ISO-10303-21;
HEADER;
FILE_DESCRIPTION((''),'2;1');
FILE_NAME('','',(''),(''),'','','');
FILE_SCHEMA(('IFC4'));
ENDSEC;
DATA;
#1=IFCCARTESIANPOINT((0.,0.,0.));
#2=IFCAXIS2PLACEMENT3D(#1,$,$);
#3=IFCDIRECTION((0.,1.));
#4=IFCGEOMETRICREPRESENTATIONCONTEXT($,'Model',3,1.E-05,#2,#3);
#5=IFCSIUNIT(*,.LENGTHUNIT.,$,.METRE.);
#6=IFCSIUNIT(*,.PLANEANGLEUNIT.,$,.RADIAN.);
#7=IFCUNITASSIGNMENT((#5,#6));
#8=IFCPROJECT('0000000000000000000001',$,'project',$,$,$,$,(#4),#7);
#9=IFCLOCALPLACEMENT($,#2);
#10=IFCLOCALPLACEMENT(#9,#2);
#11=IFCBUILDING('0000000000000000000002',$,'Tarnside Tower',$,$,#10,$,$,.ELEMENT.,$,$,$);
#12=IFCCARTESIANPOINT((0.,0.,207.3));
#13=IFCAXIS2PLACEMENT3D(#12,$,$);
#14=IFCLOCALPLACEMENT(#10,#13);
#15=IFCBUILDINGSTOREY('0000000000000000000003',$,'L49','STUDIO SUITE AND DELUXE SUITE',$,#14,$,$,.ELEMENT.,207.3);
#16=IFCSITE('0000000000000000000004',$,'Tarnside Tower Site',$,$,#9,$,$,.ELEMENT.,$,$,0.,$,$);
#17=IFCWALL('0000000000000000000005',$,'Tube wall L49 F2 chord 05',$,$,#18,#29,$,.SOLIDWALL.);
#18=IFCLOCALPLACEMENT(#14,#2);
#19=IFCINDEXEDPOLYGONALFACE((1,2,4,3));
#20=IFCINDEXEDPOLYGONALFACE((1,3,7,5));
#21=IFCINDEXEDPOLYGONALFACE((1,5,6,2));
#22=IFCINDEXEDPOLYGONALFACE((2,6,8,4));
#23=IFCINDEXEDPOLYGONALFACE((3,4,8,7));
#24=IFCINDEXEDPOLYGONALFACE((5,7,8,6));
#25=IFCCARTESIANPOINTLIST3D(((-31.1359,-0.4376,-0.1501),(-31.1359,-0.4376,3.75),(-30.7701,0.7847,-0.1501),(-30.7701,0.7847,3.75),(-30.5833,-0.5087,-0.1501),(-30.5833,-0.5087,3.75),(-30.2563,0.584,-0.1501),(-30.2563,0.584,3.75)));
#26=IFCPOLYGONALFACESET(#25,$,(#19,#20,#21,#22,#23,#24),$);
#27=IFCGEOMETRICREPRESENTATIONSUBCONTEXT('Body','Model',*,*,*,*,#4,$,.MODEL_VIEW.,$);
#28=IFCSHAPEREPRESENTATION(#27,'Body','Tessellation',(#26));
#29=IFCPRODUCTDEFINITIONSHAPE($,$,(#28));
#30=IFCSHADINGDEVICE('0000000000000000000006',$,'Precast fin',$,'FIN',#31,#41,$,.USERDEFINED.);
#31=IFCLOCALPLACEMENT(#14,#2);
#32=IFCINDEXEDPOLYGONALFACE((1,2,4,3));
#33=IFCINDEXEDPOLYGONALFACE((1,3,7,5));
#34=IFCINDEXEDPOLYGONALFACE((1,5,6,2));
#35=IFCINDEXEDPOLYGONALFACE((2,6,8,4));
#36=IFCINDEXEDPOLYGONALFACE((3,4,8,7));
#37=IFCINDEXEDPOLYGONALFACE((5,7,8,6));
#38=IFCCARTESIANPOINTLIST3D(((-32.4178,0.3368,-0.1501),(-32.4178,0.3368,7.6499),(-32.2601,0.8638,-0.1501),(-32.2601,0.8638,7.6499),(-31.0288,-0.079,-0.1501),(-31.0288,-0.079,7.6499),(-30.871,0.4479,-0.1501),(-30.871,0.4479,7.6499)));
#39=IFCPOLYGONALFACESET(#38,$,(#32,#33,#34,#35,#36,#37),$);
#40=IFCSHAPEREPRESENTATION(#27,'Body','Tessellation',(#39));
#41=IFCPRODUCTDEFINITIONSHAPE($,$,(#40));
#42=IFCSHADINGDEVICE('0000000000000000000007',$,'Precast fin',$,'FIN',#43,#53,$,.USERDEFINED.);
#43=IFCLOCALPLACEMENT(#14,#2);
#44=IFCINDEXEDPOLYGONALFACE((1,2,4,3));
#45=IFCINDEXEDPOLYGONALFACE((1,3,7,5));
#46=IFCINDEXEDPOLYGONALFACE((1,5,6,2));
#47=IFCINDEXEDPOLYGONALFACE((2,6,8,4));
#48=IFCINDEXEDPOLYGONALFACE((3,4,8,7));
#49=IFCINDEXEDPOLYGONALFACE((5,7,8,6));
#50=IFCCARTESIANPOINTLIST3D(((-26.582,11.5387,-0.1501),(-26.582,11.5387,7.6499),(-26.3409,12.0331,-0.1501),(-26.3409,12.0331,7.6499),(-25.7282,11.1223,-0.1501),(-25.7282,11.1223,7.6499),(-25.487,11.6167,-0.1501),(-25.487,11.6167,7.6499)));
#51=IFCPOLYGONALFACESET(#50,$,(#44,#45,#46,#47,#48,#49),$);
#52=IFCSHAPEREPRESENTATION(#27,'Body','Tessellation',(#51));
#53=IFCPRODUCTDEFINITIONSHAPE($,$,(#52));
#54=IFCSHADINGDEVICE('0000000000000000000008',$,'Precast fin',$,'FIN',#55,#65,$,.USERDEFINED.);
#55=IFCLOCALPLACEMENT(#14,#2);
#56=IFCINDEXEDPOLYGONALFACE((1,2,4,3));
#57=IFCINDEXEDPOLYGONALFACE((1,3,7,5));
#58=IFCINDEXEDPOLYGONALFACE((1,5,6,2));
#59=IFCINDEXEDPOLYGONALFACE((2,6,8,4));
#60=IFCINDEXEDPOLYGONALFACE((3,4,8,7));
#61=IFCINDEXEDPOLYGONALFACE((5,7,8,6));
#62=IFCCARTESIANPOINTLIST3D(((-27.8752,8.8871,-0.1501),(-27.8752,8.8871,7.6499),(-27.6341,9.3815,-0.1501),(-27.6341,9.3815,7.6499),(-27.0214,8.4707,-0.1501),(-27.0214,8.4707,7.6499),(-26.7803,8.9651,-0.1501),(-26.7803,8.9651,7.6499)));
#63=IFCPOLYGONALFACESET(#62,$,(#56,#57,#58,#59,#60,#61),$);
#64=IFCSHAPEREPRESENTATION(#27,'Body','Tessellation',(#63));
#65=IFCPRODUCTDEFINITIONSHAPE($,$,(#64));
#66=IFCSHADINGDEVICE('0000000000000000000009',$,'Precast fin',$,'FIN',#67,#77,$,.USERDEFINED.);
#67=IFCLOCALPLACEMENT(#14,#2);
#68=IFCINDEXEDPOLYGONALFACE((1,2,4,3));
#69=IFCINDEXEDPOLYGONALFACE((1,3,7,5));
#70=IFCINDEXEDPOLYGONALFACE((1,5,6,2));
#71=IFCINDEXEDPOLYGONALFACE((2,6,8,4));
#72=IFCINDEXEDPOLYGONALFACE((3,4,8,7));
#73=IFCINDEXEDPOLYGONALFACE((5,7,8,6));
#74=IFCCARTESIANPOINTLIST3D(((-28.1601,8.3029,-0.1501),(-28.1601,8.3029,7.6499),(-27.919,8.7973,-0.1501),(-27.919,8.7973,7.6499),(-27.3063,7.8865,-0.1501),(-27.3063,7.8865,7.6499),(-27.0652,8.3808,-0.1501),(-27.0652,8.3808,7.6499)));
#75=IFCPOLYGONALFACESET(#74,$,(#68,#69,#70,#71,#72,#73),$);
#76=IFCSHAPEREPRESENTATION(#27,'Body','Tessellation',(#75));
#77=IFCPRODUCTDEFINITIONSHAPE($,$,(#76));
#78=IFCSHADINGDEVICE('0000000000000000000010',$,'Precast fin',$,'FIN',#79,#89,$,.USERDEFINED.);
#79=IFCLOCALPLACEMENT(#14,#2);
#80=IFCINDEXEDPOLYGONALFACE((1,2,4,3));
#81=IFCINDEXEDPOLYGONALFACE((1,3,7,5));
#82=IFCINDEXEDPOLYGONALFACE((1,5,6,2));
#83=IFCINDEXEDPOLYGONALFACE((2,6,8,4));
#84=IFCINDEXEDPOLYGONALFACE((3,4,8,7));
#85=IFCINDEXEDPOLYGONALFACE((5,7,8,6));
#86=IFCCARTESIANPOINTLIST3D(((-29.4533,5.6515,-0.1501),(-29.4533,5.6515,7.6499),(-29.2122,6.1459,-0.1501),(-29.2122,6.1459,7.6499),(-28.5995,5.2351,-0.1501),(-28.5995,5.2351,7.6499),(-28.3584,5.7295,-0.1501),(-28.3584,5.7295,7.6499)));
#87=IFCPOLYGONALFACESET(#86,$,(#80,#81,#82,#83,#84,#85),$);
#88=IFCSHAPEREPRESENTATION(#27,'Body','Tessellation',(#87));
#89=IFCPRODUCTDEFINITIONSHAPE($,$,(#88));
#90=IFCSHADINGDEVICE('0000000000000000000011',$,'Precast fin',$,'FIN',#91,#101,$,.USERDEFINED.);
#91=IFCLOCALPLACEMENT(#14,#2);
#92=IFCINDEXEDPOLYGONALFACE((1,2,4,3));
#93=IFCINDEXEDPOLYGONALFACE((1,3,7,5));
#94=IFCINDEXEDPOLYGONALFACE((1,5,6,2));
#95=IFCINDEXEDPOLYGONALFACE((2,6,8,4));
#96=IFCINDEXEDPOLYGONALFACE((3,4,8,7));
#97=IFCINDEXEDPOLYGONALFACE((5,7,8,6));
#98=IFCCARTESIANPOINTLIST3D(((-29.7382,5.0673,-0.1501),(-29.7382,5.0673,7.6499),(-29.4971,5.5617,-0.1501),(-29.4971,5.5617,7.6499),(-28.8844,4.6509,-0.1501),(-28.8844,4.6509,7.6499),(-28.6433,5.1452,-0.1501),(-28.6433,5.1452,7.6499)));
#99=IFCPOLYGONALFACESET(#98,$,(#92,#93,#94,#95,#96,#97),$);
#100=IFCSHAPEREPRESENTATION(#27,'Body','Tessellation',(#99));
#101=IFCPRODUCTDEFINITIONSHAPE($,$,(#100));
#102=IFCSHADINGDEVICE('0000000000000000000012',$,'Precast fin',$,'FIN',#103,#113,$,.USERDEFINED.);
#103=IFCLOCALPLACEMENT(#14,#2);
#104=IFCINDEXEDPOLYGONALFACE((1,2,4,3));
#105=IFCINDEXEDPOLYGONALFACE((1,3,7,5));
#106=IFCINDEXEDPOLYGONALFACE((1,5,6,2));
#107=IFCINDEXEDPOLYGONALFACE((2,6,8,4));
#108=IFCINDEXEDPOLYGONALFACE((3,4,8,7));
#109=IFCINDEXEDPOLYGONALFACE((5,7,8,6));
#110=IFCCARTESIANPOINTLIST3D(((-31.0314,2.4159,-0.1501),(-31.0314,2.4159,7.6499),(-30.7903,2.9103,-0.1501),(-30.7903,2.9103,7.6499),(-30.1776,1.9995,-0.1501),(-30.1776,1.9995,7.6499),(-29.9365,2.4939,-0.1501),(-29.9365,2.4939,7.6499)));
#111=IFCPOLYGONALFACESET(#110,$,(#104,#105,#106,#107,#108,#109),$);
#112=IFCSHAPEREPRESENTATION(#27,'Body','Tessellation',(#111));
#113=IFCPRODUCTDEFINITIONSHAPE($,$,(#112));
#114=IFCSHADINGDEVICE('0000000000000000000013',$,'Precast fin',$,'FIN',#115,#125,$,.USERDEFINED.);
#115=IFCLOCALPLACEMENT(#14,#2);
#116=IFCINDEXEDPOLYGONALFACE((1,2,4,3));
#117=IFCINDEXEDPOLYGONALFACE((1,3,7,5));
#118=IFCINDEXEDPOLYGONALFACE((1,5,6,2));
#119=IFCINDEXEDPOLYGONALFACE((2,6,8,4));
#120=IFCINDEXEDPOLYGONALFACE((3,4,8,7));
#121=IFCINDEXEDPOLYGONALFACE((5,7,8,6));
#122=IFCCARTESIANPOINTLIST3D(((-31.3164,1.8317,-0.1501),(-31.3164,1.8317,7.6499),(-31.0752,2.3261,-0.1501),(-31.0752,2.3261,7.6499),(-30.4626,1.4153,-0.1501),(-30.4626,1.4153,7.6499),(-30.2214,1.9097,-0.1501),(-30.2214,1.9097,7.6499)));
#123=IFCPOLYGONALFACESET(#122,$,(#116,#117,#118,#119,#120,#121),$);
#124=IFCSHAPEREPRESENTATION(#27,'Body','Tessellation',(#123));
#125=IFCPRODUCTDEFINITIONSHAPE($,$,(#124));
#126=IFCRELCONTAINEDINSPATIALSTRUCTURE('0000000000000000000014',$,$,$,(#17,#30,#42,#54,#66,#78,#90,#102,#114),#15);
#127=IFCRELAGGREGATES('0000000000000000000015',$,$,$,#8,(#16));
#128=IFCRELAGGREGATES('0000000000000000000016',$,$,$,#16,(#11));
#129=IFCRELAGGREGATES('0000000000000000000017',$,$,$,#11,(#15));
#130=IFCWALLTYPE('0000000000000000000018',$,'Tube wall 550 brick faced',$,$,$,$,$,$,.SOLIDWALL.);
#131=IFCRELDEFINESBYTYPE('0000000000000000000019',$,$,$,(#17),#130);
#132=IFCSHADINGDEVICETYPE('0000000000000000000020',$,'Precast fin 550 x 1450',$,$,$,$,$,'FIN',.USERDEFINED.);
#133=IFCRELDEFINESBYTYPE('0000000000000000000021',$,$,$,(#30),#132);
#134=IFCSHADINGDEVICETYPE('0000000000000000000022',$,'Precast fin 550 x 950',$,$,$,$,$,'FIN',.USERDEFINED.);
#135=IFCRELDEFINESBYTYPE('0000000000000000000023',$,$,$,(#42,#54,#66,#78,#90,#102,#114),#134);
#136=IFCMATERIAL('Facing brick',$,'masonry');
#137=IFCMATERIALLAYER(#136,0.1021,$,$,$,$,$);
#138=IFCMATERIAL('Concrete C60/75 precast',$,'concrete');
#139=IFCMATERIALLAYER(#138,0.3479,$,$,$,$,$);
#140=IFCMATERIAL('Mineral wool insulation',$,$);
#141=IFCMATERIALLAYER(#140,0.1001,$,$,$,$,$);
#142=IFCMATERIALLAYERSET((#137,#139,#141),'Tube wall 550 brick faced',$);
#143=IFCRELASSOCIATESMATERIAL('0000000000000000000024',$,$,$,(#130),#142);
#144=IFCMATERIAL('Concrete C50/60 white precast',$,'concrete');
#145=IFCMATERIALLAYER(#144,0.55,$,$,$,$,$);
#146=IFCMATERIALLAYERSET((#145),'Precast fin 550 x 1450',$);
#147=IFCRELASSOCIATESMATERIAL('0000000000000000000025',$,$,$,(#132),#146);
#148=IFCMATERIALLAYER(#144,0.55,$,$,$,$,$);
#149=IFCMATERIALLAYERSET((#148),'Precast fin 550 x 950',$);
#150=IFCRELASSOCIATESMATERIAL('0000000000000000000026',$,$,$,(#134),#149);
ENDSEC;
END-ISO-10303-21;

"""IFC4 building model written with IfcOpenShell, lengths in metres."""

from ifc_helpers import new_model, si_unit, direction, frame, origin, place, context, subcontext, project, spatial, polyline, outline, extrude, material, layer, layer_set, type_object, element, save


model = new_model("IFC4")

# Units and contexts
model_context = context("Model", 3, precision=1e-05, world=origin(), true_north=direction((0.0, 1.0)))
body_context = subcontext(model_context, "Body", "Model", "MODEL_VIEW")
ifc_project = project(units=[si_unit("LENGTHUNIT", "METRE"), si_unit("PLANEANGLEUNIT", "RADIAN")], contexts=[model_context])

# Site, building, storey
site_placement = place(None, origin())
site = spatial("IfcSite", under=ifc_project, at=site_placement, Name="Tarnside Tower Site", CompositionType="ELEMENT", RefElevation=0.0)
building_placement = place(site_placement, origin())
building = spatial("IfcBuilding", under=site, at=building_placement, Name="Tarnside Tower", CompositionType="ELEMENT")
storey_placement = place(building_placement, frame((0.0, 0.0, 207.3)))
storey = spatial("IfcBuildingStorey", under=building, at=storey_placement, Name="L49", Description="STUDIO SUITE AND DELUXE SUITE", CompositionType="ELEMENT", Elevation=207.3)

# Wall
ifc_material_1 = material(Name="Facing brick", Category="masonry")
ifc_layer_1 = layer(ifc_material_1, 0.1021)
ifc_material_2 = material(Name="Concrete C60/75 precast", Category="concrete")
ifc_layer_2 = layer(ifc_material_2, 0.3479)
ifc_material_3 = material(Name="Mineral wool insulation")
ifc_layer_3 = layer(ifc_material_3, 0.1001)
ifc_layer_set_1 = layer_set([ifc_layer_1, ifc_layer_2, ifc_layer_3], Name="Tube wall 550 brick faced")
wall_type_1 = type_object("IfcWallType", Name="Tube wall 550 brick faced", PredefinedType="SOLIDWALL", material=ifc_layer_set_1)
wall_1_placement = place(storey_placement, frame((-30.5132, 0.6843, -0.1501), z_axis=(0.0, 0.0, 1.0), x_axis=(-0.286736, -0.95801, 0.0)))
element("IfcWall", 1, at=wall_1_placement, inside=storey, type_object=wall_type_1, Name="Tube wall L49 F2 chord 05", PredefinedType="SOLIDWALL", context=body_context, shape_type="SweptSolid", body=[
    extrude(outline(polyline([(-0.0225, -0.2749), (1.2534, -0.2749), (1.1631, 0.2749), (0.0225, 0.2749), (-0.0225, -0.2749)])), origin(), (0.0, 0.0, 1.0), 3.9001),
])

# Shading devices
ifc_material_4 = material(Name="Concrete C50/60 white precast", Category="concrete")
ifc_layer_4 = layer(ifc_material_4, 0.55)
ifc_layer_set_2 = layer_set([ifc_layer_4], Name="Precast fin 550 x 1450")
shading_device_type_1 = type_object("IfcShadingDeviceType", Name="Precast fin 550 x 1450", ElementType="FIN", PredefinedType="USERDEFINED", material=ifc_layer_set_2)
shading_device_placement = place(storey_placement, frame((-30.95, 0.1843, -0.1501), z_axis=(0.286803, 0.95799, 0.0), x_axis=(-0.95799, 0.286803, 0.0)))
element("IfcShadingDevice", 2, at=shading_device_placement, inside=storey, type_object=shading_device_type_1, Name="Precast fin", ObjectType="FIN", PredefinedType="USERDEFINED", context=body_context, shape_type="SweptSolid", body=[
    extrude(outline(polyline([(0.0, 0.0), (1.45, 0.0), (1.45, 7.8), (0.0, 7.8), (0.0, 0.0)])), frame((0.0, 0.0, -0.2749)), (0.0, 0.0, 1.0), 0.55),
])
ifc_layer_5 = layer(ifc_material_4, 0.55)
ifc_layer_set_3 = layer_set([ifc_layer_5], Name="Precast fin 550 x 950")
shading_device_type_2 = type_object("IfcShadingDeviceType", Name="Precast fin 550 x 950", ElementType="FIN", PredefinedType="USERDEFINED", material=ifc_layer_set_3)
for number, where, z_axis, x_axis, name in (
    (3, (-25.6077, 11.3694, -0.1501), (0.438371, 0.898794, 0.0), (-0.898794, 0.438371, 0.0), "Precast fin"),
    (4, (-26.9009, 8.7178, -0.1501), (0.438371, 0.898794, 0.0), (-0.898794, 0.438371, 0.0), "Precast fin"),
    (5, (-27.1858, 8.1335, -0.1501), (0.438371, 0.898794, 0.0), (-0.898794, 0.438371, 0.0), "Precast fin"),
    (6, (-28.479, 5.4822, -0.1501), (0.438371, 0.898794, 0.0), (-0.898794, 0.438371, 0.0), "Precast fin"),
    (7, (-28.7639, 4.8979, -0.1501), (0.438371, 0.898794, 0.0), (-0.898794, 0.438371, 0.0), "Precast fin"),
    (8, (-30.0571, 2.2466, -0.1501), (0.438371, 0.898794, 0.0), (-0.898794, 0.438371, 0.0), "Precast fin"),
    (9, (-30.342, 1.6624, -0.1501), (0.438371, 0.898794, 0.0), (-0.898794, 0.438371, 0.0), "Precast fin"),
):
    element("IfcShadingDevice", number, at=place(storey_placement, frame(where, z_axis=z_axis, x_axis=x_axis)), inside=storey, type_object=shading_device_type_2, Name=name, ObjectType="FIN", PredefinedType="USERDEFINED", context=body_context, shape_type="SweptSolid", body=[
        extrude(outline(polyline([(0.0, 0.0), (0.95, 0.0), (0.95, 7.8), (0.0, 7.8), (0.0, 0.0)])), frame((0.0, 0.0, -0.2749)), (0.0, 0.0, 1.0), 0.55),
    ])

save(model, "model.ifc")
